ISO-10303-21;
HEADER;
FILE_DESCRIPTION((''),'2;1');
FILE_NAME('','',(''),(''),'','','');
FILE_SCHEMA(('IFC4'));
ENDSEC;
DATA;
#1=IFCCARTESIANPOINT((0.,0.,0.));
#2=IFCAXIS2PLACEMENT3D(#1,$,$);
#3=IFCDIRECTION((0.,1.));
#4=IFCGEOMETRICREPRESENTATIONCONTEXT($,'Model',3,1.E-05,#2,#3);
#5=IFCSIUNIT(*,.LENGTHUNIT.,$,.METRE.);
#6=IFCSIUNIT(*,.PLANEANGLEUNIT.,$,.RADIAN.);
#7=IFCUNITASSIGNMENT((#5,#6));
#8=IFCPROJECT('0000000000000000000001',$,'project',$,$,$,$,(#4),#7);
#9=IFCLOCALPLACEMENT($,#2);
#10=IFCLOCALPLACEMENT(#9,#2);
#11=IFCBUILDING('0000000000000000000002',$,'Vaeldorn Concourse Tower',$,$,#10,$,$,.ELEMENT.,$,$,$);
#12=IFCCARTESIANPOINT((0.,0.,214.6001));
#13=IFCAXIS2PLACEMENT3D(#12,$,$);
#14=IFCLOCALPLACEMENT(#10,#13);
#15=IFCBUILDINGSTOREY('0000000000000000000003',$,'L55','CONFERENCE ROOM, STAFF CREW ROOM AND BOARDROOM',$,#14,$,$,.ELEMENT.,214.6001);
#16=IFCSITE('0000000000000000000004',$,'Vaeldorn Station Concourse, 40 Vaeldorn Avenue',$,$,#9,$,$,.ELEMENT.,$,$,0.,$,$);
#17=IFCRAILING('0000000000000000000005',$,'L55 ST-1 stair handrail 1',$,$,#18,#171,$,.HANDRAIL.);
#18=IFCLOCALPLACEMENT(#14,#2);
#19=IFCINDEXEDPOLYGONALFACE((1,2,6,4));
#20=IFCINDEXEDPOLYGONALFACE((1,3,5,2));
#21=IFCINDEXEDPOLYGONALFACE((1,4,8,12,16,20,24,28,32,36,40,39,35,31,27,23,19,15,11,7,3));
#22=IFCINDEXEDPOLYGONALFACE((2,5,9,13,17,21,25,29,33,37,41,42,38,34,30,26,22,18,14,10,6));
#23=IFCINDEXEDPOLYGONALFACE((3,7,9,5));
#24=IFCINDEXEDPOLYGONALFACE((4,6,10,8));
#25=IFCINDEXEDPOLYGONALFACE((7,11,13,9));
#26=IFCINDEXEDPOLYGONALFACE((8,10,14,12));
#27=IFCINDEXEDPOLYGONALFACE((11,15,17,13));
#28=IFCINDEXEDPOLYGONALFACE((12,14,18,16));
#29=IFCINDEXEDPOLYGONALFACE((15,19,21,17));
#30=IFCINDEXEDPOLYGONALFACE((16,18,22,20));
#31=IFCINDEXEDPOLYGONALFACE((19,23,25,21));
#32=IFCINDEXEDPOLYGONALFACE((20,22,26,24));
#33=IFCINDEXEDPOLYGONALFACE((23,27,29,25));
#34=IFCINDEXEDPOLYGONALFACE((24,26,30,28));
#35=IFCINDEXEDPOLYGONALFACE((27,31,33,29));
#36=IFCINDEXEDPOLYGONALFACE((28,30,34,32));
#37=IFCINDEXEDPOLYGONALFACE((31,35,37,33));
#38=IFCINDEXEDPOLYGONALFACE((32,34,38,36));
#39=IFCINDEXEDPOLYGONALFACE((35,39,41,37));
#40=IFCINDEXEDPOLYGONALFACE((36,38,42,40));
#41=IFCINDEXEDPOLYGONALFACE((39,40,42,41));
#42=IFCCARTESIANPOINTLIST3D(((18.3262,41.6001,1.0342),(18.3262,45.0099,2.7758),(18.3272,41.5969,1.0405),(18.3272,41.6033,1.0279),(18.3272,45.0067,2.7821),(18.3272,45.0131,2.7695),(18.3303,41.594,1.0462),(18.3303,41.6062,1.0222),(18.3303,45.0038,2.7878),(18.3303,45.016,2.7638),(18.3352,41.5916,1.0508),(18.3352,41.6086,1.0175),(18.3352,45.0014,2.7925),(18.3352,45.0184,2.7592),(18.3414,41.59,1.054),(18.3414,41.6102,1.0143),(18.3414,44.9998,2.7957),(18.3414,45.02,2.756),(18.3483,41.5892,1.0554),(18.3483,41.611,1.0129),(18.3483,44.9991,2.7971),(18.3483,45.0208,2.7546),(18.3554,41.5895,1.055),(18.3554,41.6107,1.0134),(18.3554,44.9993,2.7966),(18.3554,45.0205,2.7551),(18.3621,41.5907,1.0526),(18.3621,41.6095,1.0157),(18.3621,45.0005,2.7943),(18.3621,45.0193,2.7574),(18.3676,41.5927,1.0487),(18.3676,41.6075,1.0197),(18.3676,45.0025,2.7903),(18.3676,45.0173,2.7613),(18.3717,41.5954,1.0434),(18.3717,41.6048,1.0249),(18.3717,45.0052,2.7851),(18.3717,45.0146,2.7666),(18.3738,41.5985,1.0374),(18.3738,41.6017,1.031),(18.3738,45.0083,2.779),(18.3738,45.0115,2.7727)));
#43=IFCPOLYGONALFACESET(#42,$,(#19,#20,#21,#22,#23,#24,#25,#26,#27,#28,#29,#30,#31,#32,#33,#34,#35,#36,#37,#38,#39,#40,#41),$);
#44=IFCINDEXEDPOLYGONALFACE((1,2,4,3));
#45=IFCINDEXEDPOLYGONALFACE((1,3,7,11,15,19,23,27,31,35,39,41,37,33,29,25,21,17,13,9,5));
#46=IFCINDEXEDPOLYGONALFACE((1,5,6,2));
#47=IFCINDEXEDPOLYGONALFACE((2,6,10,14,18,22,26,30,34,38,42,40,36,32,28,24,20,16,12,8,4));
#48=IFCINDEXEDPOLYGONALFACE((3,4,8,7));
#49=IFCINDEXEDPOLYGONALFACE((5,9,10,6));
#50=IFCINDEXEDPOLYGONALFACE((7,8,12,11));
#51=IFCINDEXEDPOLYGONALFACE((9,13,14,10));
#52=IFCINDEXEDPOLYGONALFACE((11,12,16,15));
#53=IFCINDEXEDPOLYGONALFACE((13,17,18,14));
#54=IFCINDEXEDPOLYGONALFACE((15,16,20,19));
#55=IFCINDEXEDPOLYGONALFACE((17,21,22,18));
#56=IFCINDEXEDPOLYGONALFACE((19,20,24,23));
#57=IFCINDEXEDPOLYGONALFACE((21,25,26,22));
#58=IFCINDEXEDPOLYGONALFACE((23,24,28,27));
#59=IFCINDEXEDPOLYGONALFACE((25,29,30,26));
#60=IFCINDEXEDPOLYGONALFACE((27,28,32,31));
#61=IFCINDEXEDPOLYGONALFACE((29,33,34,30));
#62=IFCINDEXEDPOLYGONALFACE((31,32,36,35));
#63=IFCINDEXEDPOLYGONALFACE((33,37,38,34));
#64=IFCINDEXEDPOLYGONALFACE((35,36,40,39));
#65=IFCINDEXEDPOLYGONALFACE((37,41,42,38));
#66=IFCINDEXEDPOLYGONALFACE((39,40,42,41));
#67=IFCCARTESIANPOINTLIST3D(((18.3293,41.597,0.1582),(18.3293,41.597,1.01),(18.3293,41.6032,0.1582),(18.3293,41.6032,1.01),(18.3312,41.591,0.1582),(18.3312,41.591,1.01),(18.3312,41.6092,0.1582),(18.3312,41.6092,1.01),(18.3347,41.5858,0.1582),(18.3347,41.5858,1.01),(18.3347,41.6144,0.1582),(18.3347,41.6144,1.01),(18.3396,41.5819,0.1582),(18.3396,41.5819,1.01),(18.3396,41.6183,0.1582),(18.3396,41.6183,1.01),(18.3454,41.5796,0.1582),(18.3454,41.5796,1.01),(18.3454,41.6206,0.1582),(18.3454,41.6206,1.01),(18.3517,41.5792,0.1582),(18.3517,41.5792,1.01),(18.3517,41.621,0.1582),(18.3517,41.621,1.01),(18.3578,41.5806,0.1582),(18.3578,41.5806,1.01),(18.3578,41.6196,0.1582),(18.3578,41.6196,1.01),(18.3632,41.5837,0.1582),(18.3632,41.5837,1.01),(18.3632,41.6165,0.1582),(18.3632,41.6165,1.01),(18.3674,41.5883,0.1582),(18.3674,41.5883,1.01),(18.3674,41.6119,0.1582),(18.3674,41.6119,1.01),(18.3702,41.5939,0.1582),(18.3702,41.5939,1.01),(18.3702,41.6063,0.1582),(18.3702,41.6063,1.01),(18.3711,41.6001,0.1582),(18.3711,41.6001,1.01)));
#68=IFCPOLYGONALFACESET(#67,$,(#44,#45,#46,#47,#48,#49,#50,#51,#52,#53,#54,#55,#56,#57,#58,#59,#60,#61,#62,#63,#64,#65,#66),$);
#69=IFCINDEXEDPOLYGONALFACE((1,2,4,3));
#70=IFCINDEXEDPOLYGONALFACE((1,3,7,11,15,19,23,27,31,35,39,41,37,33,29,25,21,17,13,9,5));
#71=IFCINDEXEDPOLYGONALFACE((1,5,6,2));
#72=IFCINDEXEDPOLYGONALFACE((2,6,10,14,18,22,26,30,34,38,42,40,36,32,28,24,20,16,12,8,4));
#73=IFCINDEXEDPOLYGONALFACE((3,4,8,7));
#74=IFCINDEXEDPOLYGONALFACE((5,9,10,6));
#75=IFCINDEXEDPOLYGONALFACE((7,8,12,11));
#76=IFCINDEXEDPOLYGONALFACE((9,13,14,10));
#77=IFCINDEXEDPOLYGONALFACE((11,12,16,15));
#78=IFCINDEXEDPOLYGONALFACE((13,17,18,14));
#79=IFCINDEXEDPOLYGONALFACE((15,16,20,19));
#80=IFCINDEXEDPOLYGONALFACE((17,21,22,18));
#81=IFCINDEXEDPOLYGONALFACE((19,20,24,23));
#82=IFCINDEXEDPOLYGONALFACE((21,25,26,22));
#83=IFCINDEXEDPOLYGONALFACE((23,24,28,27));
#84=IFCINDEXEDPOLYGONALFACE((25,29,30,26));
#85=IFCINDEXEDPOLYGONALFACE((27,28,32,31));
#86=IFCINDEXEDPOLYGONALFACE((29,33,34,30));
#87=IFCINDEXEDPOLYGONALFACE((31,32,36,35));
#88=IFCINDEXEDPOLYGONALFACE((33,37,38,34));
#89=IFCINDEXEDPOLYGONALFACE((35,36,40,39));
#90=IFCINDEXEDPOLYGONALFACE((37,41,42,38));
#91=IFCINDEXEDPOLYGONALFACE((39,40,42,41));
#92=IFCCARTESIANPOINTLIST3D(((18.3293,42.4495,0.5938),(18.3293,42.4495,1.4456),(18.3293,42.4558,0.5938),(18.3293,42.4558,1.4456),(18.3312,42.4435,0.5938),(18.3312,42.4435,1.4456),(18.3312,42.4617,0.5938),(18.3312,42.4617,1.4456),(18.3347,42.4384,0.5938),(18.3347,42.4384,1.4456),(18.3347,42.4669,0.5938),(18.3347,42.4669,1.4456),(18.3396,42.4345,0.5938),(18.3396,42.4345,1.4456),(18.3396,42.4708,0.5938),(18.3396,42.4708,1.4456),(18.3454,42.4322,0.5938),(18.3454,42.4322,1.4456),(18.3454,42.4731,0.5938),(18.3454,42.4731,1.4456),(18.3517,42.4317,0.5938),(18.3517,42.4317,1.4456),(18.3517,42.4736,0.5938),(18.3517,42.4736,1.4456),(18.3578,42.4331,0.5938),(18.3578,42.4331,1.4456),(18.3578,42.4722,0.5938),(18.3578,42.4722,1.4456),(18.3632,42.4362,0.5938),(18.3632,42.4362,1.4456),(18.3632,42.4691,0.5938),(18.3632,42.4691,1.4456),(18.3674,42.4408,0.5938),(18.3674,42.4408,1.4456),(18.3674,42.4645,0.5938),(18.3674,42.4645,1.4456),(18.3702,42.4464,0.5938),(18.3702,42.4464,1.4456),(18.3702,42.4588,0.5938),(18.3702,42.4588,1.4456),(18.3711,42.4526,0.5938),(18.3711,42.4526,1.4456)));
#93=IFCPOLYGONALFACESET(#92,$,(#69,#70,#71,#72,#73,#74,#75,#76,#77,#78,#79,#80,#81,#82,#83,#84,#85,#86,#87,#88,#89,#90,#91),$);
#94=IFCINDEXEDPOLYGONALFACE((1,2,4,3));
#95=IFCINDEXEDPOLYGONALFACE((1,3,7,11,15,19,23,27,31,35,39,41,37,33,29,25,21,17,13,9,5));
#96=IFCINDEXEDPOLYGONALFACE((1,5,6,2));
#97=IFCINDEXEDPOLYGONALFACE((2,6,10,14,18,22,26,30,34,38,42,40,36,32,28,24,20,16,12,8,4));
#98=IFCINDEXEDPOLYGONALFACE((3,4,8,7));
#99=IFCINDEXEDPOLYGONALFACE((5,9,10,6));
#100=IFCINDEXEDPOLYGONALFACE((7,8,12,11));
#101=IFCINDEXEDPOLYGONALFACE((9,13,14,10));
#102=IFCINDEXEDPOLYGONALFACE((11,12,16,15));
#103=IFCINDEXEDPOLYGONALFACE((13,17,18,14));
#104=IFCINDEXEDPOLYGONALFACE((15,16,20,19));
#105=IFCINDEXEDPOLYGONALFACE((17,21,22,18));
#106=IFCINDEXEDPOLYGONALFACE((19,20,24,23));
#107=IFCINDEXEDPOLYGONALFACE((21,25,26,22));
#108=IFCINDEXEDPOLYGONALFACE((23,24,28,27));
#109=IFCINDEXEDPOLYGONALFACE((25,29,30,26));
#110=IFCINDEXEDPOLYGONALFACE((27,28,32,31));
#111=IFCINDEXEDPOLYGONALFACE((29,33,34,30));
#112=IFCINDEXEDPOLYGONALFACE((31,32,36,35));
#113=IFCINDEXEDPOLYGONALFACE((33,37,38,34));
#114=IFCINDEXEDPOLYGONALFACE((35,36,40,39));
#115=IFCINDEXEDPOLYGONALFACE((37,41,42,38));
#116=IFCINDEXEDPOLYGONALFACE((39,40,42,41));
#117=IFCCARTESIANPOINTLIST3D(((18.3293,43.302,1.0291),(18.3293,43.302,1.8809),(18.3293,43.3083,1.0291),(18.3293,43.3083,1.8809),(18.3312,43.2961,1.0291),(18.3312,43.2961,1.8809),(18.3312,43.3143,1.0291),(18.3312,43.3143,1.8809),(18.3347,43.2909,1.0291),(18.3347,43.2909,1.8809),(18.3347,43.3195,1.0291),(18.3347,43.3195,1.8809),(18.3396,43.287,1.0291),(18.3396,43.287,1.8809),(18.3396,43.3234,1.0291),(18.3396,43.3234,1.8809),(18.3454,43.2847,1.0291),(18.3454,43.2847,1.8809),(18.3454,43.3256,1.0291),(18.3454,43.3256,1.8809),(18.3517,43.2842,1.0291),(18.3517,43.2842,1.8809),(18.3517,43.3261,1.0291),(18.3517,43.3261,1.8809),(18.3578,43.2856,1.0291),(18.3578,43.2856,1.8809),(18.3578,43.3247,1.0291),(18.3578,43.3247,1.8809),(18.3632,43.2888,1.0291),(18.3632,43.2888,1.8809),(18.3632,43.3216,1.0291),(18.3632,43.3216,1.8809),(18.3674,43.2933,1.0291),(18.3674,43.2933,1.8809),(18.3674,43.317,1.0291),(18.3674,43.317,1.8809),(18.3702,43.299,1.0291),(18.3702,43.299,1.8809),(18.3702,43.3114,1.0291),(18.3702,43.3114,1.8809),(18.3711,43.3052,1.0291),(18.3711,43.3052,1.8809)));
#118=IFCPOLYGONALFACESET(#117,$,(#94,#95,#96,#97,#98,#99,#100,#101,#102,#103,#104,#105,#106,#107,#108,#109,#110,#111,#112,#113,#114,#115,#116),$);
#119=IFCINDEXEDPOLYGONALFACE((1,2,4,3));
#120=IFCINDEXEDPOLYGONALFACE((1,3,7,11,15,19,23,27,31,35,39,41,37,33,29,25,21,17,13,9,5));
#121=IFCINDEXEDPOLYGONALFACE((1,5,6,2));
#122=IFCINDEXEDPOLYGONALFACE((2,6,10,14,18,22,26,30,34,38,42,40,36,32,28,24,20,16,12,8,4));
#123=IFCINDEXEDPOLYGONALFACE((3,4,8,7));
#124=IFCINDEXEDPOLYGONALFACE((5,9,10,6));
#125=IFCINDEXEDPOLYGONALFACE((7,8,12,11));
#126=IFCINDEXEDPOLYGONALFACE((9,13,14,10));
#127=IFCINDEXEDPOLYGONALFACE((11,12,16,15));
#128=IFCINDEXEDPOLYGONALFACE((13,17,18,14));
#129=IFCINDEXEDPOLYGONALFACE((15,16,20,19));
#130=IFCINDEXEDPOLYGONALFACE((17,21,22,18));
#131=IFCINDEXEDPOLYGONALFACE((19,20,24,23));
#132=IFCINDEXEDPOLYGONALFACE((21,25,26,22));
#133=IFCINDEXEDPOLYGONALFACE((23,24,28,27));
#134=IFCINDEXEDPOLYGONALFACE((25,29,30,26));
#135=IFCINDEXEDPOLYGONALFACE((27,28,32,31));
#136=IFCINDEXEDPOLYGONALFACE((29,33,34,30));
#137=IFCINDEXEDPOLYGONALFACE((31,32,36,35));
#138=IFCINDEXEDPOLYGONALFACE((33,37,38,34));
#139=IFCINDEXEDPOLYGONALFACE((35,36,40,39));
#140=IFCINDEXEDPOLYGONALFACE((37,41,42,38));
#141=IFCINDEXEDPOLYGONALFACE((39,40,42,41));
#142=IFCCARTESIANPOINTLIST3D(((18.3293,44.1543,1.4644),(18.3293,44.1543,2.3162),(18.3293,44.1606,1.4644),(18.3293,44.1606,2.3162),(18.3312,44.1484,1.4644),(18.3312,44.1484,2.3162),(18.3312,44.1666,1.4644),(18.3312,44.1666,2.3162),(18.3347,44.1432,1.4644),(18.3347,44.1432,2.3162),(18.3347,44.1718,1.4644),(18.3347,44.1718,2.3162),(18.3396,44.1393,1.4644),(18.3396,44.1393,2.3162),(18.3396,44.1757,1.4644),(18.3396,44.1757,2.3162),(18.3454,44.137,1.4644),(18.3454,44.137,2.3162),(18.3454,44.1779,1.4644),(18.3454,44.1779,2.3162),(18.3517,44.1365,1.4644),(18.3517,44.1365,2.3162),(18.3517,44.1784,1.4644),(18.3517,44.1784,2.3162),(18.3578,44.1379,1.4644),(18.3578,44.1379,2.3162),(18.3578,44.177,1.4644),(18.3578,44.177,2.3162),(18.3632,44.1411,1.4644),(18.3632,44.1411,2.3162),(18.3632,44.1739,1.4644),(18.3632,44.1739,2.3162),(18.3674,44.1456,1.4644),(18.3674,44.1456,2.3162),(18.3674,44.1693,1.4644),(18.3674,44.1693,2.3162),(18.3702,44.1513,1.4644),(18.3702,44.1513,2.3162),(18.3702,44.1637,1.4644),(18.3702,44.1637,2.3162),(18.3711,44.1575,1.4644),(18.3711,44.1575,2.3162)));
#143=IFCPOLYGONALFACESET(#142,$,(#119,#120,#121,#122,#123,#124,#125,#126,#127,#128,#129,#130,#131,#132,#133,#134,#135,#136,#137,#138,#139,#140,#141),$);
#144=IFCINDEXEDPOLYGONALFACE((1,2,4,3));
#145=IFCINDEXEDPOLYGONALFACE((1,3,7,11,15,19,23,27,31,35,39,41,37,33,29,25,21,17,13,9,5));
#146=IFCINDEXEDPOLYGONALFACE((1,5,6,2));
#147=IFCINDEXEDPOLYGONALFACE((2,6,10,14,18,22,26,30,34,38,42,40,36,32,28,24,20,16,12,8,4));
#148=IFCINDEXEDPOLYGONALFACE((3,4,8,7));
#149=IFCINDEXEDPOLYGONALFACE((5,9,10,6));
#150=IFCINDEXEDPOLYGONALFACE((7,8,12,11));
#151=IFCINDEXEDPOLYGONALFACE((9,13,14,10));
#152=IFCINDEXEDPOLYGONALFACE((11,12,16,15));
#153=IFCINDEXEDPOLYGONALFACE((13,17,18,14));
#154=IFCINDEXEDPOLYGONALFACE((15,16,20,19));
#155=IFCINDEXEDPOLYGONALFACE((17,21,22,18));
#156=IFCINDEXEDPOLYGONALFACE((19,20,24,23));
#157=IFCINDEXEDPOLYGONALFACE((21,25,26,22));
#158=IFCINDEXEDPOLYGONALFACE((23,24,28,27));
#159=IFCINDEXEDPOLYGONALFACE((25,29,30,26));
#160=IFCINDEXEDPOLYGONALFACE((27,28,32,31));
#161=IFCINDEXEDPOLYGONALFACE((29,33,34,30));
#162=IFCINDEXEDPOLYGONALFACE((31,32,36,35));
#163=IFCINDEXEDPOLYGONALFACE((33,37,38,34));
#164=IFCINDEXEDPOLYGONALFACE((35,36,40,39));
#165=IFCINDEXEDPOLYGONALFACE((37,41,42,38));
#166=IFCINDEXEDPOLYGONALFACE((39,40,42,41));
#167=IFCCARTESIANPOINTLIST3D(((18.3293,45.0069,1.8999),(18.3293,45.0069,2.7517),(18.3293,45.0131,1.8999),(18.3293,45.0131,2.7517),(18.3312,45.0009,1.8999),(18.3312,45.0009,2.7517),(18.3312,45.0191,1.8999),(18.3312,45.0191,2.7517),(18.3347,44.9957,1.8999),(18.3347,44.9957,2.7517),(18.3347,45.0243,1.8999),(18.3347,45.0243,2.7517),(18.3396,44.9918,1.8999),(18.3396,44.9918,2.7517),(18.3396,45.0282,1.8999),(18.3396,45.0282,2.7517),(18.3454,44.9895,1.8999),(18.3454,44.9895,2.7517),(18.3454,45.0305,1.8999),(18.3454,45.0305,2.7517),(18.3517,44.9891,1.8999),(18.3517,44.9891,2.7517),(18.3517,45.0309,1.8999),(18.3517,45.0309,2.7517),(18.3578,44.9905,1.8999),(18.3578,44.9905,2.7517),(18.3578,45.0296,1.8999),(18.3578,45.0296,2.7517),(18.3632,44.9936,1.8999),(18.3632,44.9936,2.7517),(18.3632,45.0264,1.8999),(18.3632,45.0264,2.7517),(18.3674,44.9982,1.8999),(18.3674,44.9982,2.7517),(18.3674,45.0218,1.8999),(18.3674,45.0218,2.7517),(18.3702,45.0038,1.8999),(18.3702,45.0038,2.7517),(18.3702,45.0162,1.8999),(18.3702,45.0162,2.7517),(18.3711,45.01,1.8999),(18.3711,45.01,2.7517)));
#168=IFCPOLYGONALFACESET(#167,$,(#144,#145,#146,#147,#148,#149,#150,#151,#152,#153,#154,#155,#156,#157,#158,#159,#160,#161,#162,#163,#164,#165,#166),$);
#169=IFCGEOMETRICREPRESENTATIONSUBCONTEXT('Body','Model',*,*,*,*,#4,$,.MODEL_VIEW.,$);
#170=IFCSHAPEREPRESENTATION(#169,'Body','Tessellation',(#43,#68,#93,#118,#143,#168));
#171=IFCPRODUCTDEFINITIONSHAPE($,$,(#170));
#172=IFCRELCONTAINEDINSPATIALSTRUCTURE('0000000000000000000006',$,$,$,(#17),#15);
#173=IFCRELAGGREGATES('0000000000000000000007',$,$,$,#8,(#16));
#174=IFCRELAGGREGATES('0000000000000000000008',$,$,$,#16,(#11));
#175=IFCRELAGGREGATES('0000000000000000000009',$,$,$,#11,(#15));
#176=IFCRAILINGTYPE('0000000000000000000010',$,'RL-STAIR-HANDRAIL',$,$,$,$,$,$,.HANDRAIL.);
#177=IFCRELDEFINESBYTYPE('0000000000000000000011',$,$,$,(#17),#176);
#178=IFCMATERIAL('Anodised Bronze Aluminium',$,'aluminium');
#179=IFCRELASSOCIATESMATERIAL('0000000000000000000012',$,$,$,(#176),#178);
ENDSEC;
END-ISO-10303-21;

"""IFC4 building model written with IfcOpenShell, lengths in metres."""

from ifc_helpers import new_model, si_unit, direction, frame, origin, origin_2d, place, context, subcontext, project, spatial, circle, extrude, material, type_object, element, save


model = new_model("IFC4")

# Units and contexts
model_context = context("Model", 3, precision=1e-05, world=origin(), true_north=direction((0.0, 1.0)))
body_context = subcontext(model_context, "Body", "Model", "MODEL_VIEW")
ifc_project = project(units=[si_unit("LENGTHUNIT", "METRE"), si_unit("PLANEANGLEUNIT", "RADIAN")], contexts=[model_context])

# Site, building, storey
site_placement = place(None, origin())
site = spatial("IfcSite", under=ifc_project, at=site_placement, Name="Vaeldorn Station Concourse, 40 Vaeldorn Avenue", CompositionType="ELEMENT", RefElevation=0.0)
building_placement = place(site_placement, origin())
building = spatial("IfcBuilding", under=site, at=building_placement, Name="Vaeldorn Concourse Tower", CompositionType="ELEMENT")
storey_placement = place(building_placement, frame((0.0, 0.0, 214.6001)))
storey = spatial("IfcBuildingStorey", under=building, at=storey_placement, Name="L55", Description="CONFERENCE ROOM, STAFF CREW ROOM AND BOARDROOM", CompositionType="ELEMENT", Elevation=214.6001)

# Shared definitions
ifc_material_1 = material(Name="Anodised Bronze Aluminium", Category="aluminium")

# Railing
railing_type_1 = type_object("IfcRailingType", Name="RL-STAIR-HANDRAIL", PredefinedType="HANDRAIL", material=ifc_material_1)
railing_1_placement = place(storey_placement, frame((18.3501, 41.6001, 0.1582)))
element("IfcRailing", 1, at=railing_1_placement, inside=storey, type_object=railing_type_1, Name="L55 ST-1 stair handrail 1", PredefinedType="HANDRAIL", context=body_context, shape_type="SweptSolid", body=[
    extrude(circle(Radius=0.0239, at=origin_2d()), frame((0.0, 0.0, 0.876), z_axis=(0.0, 0.890556, 0.454874), x_axis=(-1.0, 0.0, 0.0)), (0.0, 0.0, 1.0), 3.8289),
    extrude(circle(Radius=0.021, at=origin_2d()), origin(), (0.0, 0.0, 1.0), 0.8518),
    extrude(circle(Radius=0.021, at=origin_2d()), frame((0.0, 0.8525, 0.4355)), (0.0, 0.0, 1.0), 0.8518),
    extrude(circle(Radius=0.021, at=origin_2d()), frame((0.0, 1.7051, 0.8708)), (0.0, 0.0, 1.0), 0.8518),
    extrude(circle(Radius=0.021, at=origin_2d()), frame((0.0, 2.5574, 1.3062)), (0.0, 0.0, 1.0), 0.8518),
    extrude(circle(Radius=0.021, at=origin_2d()), frame((0.0, 3.4099, 1.7417)), (0.0, 0.0, 1.0), 0.8518),
])

save(model, "model.ifc")
